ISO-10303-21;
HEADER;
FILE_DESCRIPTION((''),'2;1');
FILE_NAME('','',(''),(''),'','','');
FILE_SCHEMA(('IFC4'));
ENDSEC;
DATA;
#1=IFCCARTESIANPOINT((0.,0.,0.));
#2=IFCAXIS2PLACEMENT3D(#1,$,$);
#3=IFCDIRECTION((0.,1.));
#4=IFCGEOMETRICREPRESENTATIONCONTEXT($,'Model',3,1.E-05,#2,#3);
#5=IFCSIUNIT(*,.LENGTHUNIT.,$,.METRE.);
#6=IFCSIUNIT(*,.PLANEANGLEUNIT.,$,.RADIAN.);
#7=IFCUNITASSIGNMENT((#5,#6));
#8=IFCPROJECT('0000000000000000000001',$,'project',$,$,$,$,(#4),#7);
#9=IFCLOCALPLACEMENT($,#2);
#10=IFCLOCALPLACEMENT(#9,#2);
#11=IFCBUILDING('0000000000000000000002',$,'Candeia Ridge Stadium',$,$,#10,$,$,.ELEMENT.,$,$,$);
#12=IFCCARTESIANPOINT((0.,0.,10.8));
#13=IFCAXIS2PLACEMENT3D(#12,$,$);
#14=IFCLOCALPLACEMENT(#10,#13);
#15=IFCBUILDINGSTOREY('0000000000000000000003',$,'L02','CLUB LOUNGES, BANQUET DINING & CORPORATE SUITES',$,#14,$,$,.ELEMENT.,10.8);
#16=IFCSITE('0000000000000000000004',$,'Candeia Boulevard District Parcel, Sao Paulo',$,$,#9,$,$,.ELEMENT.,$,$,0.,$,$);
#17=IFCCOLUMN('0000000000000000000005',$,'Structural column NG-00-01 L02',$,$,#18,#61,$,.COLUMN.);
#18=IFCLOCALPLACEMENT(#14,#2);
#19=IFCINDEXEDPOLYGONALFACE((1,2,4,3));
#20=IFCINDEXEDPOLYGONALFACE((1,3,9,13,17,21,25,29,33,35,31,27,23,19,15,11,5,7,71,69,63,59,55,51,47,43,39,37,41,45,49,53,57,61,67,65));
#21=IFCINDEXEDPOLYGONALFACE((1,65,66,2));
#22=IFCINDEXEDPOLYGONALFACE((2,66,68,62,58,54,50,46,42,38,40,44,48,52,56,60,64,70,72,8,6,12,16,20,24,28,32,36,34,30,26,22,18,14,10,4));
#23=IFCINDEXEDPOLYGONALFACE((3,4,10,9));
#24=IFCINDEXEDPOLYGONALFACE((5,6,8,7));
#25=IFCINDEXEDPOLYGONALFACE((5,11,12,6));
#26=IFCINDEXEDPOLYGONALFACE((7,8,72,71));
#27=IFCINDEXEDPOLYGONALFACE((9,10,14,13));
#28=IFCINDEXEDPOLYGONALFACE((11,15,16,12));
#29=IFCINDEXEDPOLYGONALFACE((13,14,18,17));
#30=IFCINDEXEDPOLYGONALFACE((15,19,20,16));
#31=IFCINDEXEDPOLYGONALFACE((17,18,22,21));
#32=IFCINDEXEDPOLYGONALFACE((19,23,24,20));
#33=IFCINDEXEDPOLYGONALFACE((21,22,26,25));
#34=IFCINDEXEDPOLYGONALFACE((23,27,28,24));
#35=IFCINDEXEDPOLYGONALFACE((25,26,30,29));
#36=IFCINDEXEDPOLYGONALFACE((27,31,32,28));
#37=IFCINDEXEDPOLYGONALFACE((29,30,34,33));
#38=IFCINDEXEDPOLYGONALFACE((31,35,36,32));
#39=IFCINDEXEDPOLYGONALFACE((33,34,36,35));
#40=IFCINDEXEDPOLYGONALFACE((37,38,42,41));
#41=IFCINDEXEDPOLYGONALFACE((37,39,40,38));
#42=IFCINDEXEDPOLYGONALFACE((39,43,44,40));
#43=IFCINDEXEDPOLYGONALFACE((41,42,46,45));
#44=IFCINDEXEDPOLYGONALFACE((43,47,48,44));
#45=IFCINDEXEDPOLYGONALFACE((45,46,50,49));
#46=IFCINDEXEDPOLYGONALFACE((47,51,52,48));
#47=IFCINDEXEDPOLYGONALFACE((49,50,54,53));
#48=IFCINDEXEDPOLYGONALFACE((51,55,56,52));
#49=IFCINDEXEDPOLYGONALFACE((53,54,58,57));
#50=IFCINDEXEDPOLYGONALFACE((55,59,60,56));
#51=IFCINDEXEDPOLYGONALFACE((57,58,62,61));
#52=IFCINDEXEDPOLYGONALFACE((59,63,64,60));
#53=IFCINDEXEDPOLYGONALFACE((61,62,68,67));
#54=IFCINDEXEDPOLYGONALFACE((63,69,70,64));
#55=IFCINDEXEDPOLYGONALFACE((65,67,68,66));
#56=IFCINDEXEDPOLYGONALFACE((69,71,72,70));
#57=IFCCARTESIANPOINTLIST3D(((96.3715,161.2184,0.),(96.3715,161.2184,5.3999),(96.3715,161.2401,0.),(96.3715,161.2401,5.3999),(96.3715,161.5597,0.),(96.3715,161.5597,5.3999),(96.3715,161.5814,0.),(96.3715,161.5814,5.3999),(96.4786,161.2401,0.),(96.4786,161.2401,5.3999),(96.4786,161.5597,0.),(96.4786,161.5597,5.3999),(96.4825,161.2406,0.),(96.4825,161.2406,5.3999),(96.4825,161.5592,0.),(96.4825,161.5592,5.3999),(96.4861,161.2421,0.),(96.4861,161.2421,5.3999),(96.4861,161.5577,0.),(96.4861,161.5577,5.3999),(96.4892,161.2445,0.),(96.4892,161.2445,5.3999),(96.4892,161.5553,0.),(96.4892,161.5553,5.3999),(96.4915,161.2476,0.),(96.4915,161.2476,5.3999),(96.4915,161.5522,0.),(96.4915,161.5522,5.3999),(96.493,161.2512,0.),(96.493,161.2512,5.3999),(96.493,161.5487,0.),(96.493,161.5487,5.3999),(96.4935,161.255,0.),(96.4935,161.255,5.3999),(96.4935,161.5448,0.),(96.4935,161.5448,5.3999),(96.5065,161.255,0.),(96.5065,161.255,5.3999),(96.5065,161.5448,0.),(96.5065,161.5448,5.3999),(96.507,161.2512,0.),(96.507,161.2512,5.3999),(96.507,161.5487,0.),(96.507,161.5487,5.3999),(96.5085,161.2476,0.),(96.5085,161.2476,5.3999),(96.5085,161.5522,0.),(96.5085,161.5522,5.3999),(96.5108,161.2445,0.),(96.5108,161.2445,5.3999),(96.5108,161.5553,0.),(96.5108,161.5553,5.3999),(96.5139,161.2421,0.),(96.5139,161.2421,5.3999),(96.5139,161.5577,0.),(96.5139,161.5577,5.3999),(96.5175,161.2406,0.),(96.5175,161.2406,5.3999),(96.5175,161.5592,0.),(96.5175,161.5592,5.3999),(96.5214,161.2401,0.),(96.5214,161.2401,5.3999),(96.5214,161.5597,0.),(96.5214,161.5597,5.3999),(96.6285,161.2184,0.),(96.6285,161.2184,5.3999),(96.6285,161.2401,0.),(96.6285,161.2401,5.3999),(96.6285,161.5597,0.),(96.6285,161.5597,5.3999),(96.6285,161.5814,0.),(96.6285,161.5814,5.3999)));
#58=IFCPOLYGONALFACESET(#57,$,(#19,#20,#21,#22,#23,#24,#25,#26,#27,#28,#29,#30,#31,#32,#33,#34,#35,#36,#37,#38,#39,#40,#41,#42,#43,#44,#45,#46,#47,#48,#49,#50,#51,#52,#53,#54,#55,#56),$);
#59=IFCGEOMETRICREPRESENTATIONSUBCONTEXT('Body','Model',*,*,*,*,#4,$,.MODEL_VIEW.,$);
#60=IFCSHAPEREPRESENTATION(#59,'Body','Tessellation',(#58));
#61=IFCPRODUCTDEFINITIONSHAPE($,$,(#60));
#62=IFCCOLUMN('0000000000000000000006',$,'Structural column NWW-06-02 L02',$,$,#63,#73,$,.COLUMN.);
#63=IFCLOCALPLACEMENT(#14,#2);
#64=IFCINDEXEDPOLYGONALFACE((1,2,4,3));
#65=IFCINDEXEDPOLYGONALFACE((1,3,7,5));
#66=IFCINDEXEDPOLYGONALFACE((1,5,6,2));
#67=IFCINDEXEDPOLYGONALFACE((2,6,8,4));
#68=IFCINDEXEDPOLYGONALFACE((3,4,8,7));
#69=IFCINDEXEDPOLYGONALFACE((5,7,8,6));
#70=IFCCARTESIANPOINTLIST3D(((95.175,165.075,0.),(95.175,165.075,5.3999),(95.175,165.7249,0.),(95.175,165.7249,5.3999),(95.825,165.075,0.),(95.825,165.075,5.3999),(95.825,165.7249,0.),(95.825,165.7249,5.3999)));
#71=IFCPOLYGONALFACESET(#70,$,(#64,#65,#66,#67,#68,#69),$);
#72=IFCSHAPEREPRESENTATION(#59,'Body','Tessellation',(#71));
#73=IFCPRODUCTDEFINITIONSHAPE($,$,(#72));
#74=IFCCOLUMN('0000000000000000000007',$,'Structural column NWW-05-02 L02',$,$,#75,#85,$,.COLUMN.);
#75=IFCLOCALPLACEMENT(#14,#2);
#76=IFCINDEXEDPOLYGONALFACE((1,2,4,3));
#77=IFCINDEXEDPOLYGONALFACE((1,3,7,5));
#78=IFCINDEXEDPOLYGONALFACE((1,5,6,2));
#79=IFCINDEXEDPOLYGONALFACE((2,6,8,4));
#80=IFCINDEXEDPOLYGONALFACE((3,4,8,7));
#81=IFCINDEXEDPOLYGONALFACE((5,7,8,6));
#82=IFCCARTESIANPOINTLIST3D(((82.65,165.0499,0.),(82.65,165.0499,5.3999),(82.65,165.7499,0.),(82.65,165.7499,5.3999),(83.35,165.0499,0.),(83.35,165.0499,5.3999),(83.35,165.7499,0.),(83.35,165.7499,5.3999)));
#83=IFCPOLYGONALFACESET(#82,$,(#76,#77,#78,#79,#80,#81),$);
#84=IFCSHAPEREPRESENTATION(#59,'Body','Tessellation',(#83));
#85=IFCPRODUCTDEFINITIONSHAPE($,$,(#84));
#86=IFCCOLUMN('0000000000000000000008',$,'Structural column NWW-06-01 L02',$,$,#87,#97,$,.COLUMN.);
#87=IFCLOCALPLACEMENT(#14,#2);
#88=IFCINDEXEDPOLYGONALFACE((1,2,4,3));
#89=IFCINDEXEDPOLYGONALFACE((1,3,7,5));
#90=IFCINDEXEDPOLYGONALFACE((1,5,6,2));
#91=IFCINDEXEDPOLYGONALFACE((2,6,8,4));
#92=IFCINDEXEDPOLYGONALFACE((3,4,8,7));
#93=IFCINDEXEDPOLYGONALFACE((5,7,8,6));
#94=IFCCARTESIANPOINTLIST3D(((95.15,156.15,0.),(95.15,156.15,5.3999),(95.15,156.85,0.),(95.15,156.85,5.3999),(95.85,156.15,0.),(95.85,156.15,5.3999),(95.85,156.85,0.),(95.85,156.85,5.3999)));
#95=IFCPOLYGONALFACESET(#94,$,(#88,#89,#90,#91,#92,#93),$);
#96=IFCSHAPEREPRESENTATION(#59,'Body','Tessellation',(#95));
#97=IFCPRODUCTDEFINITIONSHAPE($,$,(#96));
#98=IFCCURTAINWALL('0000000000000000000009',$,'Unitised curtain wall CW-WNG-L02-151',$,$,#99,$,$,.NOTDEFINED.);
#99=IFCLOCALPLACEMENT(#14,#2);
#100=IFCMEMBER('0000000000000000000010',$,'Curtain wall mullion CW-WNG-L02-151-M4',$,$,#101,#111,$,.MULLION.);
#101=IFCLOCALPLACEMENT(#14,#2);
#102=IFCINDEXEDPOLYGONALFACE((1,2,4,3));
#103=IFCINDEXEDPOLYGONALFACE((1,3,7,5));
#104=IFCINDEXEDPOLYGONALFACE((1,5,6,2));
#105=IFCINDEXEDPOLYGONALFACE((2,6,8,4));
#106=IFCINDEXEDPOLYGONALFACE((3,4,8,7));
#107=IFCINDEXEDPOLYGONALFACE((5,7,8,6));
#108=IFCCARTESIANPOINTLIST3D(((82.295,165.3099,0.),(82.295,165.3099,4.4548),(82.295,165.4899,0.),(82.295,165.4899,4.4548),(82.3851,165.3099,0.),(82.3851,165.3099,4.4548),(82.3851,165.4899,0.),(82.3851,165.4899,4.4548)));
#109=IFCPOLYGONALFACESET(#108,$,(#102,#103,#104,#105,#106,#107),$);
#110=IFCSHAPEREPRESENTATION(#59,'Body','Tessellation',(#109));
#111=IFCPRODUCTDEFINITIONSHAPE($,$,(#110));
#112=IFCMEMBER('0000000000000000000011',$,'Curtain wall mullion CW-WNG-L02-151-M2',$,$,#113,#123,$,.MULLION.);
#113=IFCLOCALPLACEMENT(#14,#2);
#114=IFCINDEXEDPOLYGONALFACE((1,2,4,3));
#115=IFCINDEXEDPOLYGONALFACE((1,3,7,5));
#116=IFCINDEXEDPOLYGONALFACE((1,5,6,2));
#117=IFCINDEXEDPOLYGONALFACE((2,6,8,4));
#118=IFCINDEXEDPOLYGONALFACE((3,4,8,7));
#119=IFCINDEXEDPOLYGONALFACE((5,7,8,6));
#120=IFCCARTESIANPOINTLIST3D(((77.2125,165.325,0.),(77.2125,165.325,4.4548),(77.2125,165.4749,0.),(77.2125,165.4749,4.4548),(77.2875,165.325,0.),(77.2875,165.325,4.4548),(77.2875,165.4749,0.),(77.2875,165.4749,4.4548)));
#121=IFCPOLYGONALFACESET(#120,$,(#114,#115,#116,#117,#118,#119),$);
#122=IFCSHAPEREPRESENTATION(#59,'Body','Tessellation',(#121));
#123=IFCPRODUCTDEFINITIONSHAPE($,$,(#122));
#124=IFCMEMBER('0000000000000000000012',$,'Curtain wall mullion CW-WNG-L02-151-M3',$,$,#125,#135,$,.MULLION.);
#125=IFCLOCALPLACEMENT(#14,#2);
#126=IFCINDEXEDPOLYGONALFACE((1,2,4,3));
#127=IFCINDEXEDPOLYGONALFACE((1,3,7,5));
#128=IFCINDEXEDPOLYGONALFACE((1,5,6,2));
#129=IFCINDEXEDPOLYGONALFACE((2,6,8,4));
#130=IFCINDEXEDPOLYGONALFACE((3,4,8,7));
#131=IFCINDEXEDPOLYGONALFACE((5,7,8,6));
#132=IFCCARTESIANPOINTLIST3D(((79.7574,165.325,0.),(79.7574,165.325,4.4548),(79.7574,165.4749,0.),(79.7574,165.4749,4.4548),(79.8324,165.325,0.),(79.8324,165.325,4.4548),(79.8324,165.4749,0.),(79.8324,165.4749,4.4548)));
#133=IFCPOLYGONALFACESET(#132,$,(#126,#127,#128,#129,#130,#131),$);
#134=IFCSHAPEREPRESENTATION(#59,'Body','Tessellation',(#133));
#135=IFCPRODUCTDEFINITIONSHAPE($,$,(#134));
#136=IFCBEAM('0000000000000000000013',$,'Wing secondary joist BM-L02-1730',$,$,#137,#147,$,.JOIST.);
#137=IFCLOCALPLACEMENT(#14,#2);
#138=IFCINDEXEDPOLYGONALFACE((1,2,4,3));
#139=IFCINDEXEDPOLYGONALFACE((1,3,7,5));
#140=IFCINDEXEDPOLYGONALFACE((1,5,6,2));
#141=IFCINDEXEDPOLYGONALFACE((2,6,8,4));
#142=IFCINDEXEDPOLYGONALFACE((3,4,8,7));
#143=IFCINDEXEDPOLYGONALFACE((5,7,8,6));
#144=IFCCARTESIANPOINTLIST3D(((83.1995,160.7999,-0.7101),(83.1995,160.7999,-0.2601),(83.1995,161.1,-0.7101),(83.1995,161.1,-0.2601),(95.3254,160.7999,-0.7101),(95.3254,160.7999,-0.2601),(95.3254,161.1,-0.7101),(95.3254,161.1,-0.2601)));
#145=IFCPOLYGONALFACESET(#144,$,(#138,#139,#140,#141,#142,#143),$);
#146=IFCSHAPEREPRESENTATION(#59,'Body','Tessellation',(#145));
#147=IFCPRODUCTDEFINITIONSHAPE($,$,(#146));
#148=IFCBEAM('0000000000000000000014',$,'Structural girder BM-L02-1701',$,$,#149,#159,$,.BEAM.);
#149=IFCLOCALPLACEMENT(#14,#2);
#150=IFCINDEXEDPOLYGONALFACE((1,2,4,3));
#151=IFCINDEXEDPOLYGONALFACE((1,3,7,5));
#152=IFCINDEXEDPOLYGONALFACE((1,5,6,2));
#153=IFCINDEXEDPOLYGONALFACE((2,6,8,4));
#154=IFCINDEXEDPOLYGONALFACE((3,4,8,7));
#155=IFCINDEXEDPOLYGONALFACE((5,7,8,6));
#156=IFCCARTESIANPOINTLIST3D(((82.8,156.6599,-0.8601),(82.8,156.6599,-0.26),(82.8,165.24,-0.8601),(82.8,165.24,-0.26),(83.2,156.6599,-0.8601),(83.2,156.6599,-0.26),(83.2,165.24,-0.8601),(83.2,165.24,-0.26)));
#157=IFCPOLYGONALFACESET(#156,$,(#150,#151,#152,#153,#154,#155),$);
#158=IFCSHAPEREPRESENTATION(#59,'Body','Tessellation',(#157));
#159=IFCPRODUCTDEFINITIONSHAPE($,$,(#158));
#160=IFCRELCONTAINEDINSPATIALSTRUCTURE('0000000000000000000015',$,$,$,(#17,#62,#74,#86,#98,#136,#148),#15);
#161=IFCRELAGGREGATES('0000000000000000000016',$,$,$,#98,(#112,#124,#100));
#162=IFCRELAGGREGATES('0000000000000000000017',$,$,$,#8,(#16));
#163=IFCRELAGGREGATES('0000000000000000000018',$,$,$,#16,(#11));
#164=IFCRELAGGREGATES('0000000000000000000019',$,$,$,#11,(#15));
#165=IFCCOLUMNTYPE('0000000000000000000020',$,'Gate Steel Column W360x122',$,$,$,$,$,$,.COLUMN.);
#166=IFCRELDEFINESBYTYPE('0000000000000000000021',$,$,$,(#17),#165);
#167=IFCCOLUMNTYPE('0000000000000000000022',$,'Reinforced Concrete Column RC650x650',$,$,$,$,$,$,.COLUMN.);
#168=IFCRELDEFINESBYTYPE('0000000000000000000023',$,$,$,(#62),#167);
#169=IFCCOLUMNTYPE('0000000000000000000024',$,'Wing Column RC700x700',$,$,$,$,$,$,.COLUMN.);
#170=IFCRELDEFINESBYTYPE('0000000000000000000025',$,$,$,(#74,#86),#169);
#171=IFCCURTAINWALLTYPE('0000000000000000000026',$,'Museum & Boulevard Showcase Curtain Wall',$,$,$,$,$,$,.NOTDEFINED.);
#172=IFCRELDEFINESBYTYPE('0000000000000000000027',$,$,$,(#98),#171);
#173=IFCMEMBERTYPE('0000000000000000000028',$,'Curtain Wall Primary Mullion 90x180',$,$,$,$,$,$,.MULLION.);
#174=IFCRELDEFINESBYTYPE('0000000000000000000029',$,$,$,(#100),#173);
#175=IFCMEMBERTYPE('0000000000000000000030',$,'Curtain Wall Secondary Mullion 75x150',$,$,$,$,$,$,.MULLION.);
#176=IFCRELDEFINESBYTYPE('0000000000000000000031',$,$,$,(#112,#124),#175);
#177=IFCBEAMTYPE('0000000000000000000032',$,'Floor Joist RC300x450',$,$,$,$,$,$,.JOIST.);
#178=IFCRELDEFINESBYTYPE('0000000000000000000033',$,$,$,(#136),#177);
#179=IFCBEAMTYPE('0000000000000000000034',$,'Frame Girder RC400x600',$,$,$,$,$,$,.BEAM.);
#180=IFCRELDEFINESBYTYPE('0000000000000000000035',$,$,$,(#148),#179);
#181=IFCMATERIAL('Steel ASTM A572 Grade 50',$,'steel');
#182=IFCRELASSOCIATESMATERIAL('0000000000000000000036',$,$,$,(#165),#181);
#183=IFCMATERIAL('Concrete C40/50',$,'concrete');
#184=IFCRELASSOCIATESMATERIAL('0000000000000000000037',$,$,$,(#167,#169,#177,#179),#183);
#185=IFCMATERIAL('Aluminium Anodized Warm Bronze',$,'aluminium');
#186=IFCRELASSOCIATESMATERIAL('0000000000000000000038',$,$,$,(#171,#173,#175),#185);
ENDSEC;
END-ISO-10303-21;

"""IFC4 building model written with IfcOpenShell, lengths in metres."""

from ifc_helpers import new_model, si_unit, direction, frame, origin, origin_2d, place, context, subcontext, project, spatial, rectangle, i_section, extrude, material, material_profile, profile_set, type_object, element, aggregate, save


model = new_model("IFC4")

# Units and contexts
model_context = context("Model", 3, precision=1e-05, world=origin(), true_north=direction((0.0, 1.0)))
body_context = subcontext(model_context, "Body", "Model", "MODEL_VIEW")
ifc_project = project(units=[si_unit("LENGTHUNIT", "METRE"), si_unit("PLANEANGLEUNIT", "RADIAN")], contexts=[model_context])

# Site, building, storey
site_placement = place(None, origin())
site = spatial("IfcSite", under=ifc_project, at=site_placement, Name="Candeia Boulevard District Parcel, Sao Paulo", CompositionType="ELEMENT", RefElevation=0.0)
building_placement = place(site_placement, origin())
building = spatial("IfcBuilding", under=site, at=building_placement, Name="Candeia Ridge Stadium", CompositionType="ELEMENT")
storey_placement = place(building_placement, frame((0.0, 0.0, 10.8)))
storey = spatial("IfcBuildingStorey", under=building, at=storey_placement, Name="L02", Description="CLUB LOUNGES, BANQUET DINING & CORPORATE SUITES", CompositionType="ELEMENT", Elevation=10.8)

# Columns
ifc_material_1 = material(Name="Steel ASTM A572 Grade 50", Category="steel")
ifc_material_profile_1 = material_profile(ifc_material_1, i_section(OverallWidth=0.2571, OverallDepth=0.363, WebThickness=0.0129, FlangeThickness=0.0217, FilletRadius=0.0149, at=origin_2d()), Name="W360x122", Category="steel")
ifc_profile_set_1 = profile_set([ifc_material_profile_1], Name="Steel ASTM A572 Grade 50")
column_type_1 = type_object("IfcColumnType", Name="Gate Steel Column W360x122", PredefinedType="COLUMN", material=ifc_profile_set_1)
column_1_placement = place(storey_placement, frame((96.5, 161.3999, 0.0), z_axis=(0.0, 0.0, 1.0), x_axis=(1.0, 0.0, 0.0)))
element("IfcColumn", 1, at=column_1_placement, inside=storey, type_object=column_type_1, Name="Structural column NG-00-01 L02", PredefinedType="COLUMN", context=body_context, shape_type="SweptSolid", body=[
    extrude(i_section(OverallWidth=0.2571, OverallDepth=0.363, WebThickness=0.0129, FlangeThickness=0.0217, FilletRadius=0.0149, at=origin_2d()), origin(), (0.0, 0.0, 1.0), 5.3999),
])
ifc_material_2 = material(Name="Concrete C40/50", Category="concrete")
ifc_material_profile_2 = material_profile(ifc_material_2, rectangle(XDim=0.6499, YDim=0.6499, at=origin_2d()), Name="RC650x650", Category="concrete")
ifc_profile_set_2 = profile_set([ifc_material_profile_2], Name="Concrete C40/50")
column_type_2 = type_object("IfcColumnType", Name="Reinforced Concrete Column RC650x650", PredefinedType="COLUMN", material=ifc_profile_set_2)
column_2_placement = place(storey_placement, frame((95.5, 165.3999, 0.0), z_axis=(0.0, 0.0, 1.0), x_axis=(1.0, 0.0, 0.0)))
element("IfcColumn", 2, at=column_2_placement, inside=storey, type_object=column_type_2, Name="Structural column NWW-06-02 L02", PredefinedType="COLUMN", context=body_context, shape_type="SweptSolid", body=[
    extrude(rectangle(XDim=0.6499, YDim=0.6499, at=origin_2d()), origin(), (0.0, 0.0, 1.0), 5.3999),
])
ifc_material_profile_3 = material_profile(ifc_material_2, rectangle(XDim=0.7, YDim=0.7, at=origin_2d()), Name="RC700x700", Category="concrete")
ifc_profile_set_3 = profile_set([ifc_material_profile_3], Name="Concrete C40/50")
column_type_3 = type_object("IfcColumnType", Name="Wing Column RC700x700", PredefinedType="COLUMN", material=ifc_profile_set_3)
for number, where, z_axis, x_axis, name in (
    (3, (83.0, 165.3999, 0.0), (0.0, 0.0, 1.0), (1.0, 0.0, 0.0), "Structural column NWW-05-02 L02"),
    (4, (95.5, 156.5, 0.0), (0.0, 0.0, 1.0), (1.0, 0.0, 0.0), "Structural column NWW-06-01 L02"),
):
    element("IfcColumn", number, at=place(storey_placement, frame(where, z_axis=z_axis, x_axis=x_axis)), inside=storey, type_object=column_type_3, Name=name, PredefinedType="COLUMN", context=body_context, shape_type="SweptSolid", body=[
        extrude(rectangle(XDim=0.7, YDim=0.7, at=origin_2d()), origin(), (0.0, 0.0, 1.0), 5.3999),
    ])

# Curtain wall, members
ifc_material_3 = material(Name="Aluminium Anodized Warm Bronze", Category="aluminium")
curtain_wall_type = type_object("IfcCurtainWallType", Name="Museum & Boulevard Showcase Curtain Wall", PredefinedType="NOTDEFINED", material=ifc_material_3)
curtain_wall_placement = place(storey_placement, origin())
curtain_wall = element("IfcCurtainWall", 5, at=curtain_wall_placement, inside=storey, type_object=curtain_wall_type, Name="Unitised curtain wall CW-WNG-L02-151", PredefinedType="NOTDEFINED")
ifc_material_profile_4 = material_profile(ifc_material_3, rectangle(XDim=0.0901, YDim=0.1799, at=origin_2d()), Name="CWM-90x180", Category="aluminium")
ifc_profile_set_4 = profile_set([ifc_material_profile_4], Name="Aluminium Anodized Warm Bronze")
member_type_1 = type_object("IfcMemberType", Name="Curtain Wall Primary Mullion 90x180", PredefinedType="MULLION", material=ifc_profile_set_4)
member_1_placement = place(storey_placement, frame((82.3401, 165.3999, 0.0), z_axis=(0.0, 0.0, 1.0), x_axis=(1.0, 0.0, 0.0)))
member_1 = element("IfcMember", 6, at=member_1_placement, type_object=member_type_1, Name="Curtain wall mullion CW-WNG-L02-151-M4", PredefinedType="MULLION", context=body_context, shape_type="SweptSolid", body=[
    extrude(rectangle(XDim=0.0901, YDim=0.1799, at=origin_2d()), origin(), (0.0, 0.0, 1.0), 4.4548),
])
ifc_material_profile_5 = material_profile(ifc_material_3, rectangle(XDim=0.075, YDim=0.1499, at=origin_2d()), Name="CWM-75x150", Category="aluminium")
ifc_profile_set_5 = profile_set([ifc_material_profile_5], Name="Aluminium Anodized Warm Bronze")
member_type_2 = type_object("IfcMemberType", Name="Curtain Wall Secondary Mullion 75x150", PredefinedType="MULLION", material=ifc_profile_set_5)
member_2_placement = place(storey_placement, frame((77.25, 165.3999, 0.0), z_axis=(0.0, 0.0, 1.0), x_axis=(1.0, 0.0, 0.0)))
member_2 = element("IfcMember", 7, at=member_2_placement, type_object=member_type_2, Name="Curtain wall mullion CW-WNG-L02-151-M2", PredefinedType="MULLION", context=body_context, shape_type="SweptSolid", body=[
    extrude(rectangle(XDim=0.075, YDim=0.1499, at=origin_2d()), origin(), (0.0, 0.0, 1.0), 4.4548),
])
member_3_placement = place(storey_placement, frame((79.7949, 165.3999, 0.0), z_axis=(0.0, 0.0, 1.0), x_axis=(1.0, 0.0, 0.0)))
member_3 = element("IfcMember", 8, at=member_3_placement, type_object=member_type_2, Name="Curtain wall mullion CW-WNG-L02-151-M3", PredefinedType="MULLION", context=body_context, shape_type="SweptSolid", body=[
    extrude(rectangle(XDim=0.075, YDim=0.1499, at=origin_2d()), origin(), (0.0, 0.0, 1.0), 4.4548),
])

# Beams
ifc_material_profile_6 = material_profile(ifc_material_2, rectangle(XDim=0.3, YDim=0.45, at=origin_2d()), Name="RC300x450", Category="concrete")
ifc_profile_set_6 = profile_set([ifc_material_profile_6], Name="Concrete C40/50")
beam_type_1 = type_object("IfcBeamType", Name="Floor Joist RC300x450", PredefinedType="JOIST", material=ifc_profile_set_6)
beam_1_placement = place(storey_placement, frame((83.1995, 160.95, -0.4851), z_axis=(1.0, 0.0, 0.0), x_axis=(0.0, 1.0, 0.0)))
element("IfcBeam", 9, at=beam_1_placement, inside=storey, type_object=beam_type_1, Name="Wing secondary joist BM-L02-1730", PredefinedType="JOIST", context=body_context, shape_type="SweptSolid", body=[
    extrude(rectangle(XDim=0.3, YDim=0.45, at=origin_2d()), origin(), (0.0, 0.0, 1.0), 12.126),
])
ifc_material_profile_7 = material_profile(ifc_material_2, rectangle(XDim=0.3999, YDim=0.6001, at=origin_2d()), Name="RC400x600", Category="concrete")
ifc_profile_set_7 = profile_set([ifc_material_profile_7], Name="Concrete C40/50")
beam_type_2 = type_object("IfcBeamType", Name="Frame Girder RC400x600", PredefinedType="BEAM", material=ifc_profile_set_7)
beam_2_placement = place(storey_placement, frame((83.0, 156.6599, -0.5601), z_axis=(0.0, 1.0, 0.0), x_axis=(-1.0, 0.0, 0.0)))
element("IfcBeam", 10, at=beam_2_placement, inside=storey, type_object=beam_type_2, Name="Structural girder BM-L02-1701", PredefinedType="BEAM", context=body_context, shape_type="SweptSolid", body=[
    extrude(rectangle(XDim=0.3999, YDim=0.6001, at=origin_2d()), origin(), (0.0, 0.0, 1.0), 8.5801),
])

aggregate(curtain_wall, [member_2, member_3, member_1])

save(model, "model.ifc")
